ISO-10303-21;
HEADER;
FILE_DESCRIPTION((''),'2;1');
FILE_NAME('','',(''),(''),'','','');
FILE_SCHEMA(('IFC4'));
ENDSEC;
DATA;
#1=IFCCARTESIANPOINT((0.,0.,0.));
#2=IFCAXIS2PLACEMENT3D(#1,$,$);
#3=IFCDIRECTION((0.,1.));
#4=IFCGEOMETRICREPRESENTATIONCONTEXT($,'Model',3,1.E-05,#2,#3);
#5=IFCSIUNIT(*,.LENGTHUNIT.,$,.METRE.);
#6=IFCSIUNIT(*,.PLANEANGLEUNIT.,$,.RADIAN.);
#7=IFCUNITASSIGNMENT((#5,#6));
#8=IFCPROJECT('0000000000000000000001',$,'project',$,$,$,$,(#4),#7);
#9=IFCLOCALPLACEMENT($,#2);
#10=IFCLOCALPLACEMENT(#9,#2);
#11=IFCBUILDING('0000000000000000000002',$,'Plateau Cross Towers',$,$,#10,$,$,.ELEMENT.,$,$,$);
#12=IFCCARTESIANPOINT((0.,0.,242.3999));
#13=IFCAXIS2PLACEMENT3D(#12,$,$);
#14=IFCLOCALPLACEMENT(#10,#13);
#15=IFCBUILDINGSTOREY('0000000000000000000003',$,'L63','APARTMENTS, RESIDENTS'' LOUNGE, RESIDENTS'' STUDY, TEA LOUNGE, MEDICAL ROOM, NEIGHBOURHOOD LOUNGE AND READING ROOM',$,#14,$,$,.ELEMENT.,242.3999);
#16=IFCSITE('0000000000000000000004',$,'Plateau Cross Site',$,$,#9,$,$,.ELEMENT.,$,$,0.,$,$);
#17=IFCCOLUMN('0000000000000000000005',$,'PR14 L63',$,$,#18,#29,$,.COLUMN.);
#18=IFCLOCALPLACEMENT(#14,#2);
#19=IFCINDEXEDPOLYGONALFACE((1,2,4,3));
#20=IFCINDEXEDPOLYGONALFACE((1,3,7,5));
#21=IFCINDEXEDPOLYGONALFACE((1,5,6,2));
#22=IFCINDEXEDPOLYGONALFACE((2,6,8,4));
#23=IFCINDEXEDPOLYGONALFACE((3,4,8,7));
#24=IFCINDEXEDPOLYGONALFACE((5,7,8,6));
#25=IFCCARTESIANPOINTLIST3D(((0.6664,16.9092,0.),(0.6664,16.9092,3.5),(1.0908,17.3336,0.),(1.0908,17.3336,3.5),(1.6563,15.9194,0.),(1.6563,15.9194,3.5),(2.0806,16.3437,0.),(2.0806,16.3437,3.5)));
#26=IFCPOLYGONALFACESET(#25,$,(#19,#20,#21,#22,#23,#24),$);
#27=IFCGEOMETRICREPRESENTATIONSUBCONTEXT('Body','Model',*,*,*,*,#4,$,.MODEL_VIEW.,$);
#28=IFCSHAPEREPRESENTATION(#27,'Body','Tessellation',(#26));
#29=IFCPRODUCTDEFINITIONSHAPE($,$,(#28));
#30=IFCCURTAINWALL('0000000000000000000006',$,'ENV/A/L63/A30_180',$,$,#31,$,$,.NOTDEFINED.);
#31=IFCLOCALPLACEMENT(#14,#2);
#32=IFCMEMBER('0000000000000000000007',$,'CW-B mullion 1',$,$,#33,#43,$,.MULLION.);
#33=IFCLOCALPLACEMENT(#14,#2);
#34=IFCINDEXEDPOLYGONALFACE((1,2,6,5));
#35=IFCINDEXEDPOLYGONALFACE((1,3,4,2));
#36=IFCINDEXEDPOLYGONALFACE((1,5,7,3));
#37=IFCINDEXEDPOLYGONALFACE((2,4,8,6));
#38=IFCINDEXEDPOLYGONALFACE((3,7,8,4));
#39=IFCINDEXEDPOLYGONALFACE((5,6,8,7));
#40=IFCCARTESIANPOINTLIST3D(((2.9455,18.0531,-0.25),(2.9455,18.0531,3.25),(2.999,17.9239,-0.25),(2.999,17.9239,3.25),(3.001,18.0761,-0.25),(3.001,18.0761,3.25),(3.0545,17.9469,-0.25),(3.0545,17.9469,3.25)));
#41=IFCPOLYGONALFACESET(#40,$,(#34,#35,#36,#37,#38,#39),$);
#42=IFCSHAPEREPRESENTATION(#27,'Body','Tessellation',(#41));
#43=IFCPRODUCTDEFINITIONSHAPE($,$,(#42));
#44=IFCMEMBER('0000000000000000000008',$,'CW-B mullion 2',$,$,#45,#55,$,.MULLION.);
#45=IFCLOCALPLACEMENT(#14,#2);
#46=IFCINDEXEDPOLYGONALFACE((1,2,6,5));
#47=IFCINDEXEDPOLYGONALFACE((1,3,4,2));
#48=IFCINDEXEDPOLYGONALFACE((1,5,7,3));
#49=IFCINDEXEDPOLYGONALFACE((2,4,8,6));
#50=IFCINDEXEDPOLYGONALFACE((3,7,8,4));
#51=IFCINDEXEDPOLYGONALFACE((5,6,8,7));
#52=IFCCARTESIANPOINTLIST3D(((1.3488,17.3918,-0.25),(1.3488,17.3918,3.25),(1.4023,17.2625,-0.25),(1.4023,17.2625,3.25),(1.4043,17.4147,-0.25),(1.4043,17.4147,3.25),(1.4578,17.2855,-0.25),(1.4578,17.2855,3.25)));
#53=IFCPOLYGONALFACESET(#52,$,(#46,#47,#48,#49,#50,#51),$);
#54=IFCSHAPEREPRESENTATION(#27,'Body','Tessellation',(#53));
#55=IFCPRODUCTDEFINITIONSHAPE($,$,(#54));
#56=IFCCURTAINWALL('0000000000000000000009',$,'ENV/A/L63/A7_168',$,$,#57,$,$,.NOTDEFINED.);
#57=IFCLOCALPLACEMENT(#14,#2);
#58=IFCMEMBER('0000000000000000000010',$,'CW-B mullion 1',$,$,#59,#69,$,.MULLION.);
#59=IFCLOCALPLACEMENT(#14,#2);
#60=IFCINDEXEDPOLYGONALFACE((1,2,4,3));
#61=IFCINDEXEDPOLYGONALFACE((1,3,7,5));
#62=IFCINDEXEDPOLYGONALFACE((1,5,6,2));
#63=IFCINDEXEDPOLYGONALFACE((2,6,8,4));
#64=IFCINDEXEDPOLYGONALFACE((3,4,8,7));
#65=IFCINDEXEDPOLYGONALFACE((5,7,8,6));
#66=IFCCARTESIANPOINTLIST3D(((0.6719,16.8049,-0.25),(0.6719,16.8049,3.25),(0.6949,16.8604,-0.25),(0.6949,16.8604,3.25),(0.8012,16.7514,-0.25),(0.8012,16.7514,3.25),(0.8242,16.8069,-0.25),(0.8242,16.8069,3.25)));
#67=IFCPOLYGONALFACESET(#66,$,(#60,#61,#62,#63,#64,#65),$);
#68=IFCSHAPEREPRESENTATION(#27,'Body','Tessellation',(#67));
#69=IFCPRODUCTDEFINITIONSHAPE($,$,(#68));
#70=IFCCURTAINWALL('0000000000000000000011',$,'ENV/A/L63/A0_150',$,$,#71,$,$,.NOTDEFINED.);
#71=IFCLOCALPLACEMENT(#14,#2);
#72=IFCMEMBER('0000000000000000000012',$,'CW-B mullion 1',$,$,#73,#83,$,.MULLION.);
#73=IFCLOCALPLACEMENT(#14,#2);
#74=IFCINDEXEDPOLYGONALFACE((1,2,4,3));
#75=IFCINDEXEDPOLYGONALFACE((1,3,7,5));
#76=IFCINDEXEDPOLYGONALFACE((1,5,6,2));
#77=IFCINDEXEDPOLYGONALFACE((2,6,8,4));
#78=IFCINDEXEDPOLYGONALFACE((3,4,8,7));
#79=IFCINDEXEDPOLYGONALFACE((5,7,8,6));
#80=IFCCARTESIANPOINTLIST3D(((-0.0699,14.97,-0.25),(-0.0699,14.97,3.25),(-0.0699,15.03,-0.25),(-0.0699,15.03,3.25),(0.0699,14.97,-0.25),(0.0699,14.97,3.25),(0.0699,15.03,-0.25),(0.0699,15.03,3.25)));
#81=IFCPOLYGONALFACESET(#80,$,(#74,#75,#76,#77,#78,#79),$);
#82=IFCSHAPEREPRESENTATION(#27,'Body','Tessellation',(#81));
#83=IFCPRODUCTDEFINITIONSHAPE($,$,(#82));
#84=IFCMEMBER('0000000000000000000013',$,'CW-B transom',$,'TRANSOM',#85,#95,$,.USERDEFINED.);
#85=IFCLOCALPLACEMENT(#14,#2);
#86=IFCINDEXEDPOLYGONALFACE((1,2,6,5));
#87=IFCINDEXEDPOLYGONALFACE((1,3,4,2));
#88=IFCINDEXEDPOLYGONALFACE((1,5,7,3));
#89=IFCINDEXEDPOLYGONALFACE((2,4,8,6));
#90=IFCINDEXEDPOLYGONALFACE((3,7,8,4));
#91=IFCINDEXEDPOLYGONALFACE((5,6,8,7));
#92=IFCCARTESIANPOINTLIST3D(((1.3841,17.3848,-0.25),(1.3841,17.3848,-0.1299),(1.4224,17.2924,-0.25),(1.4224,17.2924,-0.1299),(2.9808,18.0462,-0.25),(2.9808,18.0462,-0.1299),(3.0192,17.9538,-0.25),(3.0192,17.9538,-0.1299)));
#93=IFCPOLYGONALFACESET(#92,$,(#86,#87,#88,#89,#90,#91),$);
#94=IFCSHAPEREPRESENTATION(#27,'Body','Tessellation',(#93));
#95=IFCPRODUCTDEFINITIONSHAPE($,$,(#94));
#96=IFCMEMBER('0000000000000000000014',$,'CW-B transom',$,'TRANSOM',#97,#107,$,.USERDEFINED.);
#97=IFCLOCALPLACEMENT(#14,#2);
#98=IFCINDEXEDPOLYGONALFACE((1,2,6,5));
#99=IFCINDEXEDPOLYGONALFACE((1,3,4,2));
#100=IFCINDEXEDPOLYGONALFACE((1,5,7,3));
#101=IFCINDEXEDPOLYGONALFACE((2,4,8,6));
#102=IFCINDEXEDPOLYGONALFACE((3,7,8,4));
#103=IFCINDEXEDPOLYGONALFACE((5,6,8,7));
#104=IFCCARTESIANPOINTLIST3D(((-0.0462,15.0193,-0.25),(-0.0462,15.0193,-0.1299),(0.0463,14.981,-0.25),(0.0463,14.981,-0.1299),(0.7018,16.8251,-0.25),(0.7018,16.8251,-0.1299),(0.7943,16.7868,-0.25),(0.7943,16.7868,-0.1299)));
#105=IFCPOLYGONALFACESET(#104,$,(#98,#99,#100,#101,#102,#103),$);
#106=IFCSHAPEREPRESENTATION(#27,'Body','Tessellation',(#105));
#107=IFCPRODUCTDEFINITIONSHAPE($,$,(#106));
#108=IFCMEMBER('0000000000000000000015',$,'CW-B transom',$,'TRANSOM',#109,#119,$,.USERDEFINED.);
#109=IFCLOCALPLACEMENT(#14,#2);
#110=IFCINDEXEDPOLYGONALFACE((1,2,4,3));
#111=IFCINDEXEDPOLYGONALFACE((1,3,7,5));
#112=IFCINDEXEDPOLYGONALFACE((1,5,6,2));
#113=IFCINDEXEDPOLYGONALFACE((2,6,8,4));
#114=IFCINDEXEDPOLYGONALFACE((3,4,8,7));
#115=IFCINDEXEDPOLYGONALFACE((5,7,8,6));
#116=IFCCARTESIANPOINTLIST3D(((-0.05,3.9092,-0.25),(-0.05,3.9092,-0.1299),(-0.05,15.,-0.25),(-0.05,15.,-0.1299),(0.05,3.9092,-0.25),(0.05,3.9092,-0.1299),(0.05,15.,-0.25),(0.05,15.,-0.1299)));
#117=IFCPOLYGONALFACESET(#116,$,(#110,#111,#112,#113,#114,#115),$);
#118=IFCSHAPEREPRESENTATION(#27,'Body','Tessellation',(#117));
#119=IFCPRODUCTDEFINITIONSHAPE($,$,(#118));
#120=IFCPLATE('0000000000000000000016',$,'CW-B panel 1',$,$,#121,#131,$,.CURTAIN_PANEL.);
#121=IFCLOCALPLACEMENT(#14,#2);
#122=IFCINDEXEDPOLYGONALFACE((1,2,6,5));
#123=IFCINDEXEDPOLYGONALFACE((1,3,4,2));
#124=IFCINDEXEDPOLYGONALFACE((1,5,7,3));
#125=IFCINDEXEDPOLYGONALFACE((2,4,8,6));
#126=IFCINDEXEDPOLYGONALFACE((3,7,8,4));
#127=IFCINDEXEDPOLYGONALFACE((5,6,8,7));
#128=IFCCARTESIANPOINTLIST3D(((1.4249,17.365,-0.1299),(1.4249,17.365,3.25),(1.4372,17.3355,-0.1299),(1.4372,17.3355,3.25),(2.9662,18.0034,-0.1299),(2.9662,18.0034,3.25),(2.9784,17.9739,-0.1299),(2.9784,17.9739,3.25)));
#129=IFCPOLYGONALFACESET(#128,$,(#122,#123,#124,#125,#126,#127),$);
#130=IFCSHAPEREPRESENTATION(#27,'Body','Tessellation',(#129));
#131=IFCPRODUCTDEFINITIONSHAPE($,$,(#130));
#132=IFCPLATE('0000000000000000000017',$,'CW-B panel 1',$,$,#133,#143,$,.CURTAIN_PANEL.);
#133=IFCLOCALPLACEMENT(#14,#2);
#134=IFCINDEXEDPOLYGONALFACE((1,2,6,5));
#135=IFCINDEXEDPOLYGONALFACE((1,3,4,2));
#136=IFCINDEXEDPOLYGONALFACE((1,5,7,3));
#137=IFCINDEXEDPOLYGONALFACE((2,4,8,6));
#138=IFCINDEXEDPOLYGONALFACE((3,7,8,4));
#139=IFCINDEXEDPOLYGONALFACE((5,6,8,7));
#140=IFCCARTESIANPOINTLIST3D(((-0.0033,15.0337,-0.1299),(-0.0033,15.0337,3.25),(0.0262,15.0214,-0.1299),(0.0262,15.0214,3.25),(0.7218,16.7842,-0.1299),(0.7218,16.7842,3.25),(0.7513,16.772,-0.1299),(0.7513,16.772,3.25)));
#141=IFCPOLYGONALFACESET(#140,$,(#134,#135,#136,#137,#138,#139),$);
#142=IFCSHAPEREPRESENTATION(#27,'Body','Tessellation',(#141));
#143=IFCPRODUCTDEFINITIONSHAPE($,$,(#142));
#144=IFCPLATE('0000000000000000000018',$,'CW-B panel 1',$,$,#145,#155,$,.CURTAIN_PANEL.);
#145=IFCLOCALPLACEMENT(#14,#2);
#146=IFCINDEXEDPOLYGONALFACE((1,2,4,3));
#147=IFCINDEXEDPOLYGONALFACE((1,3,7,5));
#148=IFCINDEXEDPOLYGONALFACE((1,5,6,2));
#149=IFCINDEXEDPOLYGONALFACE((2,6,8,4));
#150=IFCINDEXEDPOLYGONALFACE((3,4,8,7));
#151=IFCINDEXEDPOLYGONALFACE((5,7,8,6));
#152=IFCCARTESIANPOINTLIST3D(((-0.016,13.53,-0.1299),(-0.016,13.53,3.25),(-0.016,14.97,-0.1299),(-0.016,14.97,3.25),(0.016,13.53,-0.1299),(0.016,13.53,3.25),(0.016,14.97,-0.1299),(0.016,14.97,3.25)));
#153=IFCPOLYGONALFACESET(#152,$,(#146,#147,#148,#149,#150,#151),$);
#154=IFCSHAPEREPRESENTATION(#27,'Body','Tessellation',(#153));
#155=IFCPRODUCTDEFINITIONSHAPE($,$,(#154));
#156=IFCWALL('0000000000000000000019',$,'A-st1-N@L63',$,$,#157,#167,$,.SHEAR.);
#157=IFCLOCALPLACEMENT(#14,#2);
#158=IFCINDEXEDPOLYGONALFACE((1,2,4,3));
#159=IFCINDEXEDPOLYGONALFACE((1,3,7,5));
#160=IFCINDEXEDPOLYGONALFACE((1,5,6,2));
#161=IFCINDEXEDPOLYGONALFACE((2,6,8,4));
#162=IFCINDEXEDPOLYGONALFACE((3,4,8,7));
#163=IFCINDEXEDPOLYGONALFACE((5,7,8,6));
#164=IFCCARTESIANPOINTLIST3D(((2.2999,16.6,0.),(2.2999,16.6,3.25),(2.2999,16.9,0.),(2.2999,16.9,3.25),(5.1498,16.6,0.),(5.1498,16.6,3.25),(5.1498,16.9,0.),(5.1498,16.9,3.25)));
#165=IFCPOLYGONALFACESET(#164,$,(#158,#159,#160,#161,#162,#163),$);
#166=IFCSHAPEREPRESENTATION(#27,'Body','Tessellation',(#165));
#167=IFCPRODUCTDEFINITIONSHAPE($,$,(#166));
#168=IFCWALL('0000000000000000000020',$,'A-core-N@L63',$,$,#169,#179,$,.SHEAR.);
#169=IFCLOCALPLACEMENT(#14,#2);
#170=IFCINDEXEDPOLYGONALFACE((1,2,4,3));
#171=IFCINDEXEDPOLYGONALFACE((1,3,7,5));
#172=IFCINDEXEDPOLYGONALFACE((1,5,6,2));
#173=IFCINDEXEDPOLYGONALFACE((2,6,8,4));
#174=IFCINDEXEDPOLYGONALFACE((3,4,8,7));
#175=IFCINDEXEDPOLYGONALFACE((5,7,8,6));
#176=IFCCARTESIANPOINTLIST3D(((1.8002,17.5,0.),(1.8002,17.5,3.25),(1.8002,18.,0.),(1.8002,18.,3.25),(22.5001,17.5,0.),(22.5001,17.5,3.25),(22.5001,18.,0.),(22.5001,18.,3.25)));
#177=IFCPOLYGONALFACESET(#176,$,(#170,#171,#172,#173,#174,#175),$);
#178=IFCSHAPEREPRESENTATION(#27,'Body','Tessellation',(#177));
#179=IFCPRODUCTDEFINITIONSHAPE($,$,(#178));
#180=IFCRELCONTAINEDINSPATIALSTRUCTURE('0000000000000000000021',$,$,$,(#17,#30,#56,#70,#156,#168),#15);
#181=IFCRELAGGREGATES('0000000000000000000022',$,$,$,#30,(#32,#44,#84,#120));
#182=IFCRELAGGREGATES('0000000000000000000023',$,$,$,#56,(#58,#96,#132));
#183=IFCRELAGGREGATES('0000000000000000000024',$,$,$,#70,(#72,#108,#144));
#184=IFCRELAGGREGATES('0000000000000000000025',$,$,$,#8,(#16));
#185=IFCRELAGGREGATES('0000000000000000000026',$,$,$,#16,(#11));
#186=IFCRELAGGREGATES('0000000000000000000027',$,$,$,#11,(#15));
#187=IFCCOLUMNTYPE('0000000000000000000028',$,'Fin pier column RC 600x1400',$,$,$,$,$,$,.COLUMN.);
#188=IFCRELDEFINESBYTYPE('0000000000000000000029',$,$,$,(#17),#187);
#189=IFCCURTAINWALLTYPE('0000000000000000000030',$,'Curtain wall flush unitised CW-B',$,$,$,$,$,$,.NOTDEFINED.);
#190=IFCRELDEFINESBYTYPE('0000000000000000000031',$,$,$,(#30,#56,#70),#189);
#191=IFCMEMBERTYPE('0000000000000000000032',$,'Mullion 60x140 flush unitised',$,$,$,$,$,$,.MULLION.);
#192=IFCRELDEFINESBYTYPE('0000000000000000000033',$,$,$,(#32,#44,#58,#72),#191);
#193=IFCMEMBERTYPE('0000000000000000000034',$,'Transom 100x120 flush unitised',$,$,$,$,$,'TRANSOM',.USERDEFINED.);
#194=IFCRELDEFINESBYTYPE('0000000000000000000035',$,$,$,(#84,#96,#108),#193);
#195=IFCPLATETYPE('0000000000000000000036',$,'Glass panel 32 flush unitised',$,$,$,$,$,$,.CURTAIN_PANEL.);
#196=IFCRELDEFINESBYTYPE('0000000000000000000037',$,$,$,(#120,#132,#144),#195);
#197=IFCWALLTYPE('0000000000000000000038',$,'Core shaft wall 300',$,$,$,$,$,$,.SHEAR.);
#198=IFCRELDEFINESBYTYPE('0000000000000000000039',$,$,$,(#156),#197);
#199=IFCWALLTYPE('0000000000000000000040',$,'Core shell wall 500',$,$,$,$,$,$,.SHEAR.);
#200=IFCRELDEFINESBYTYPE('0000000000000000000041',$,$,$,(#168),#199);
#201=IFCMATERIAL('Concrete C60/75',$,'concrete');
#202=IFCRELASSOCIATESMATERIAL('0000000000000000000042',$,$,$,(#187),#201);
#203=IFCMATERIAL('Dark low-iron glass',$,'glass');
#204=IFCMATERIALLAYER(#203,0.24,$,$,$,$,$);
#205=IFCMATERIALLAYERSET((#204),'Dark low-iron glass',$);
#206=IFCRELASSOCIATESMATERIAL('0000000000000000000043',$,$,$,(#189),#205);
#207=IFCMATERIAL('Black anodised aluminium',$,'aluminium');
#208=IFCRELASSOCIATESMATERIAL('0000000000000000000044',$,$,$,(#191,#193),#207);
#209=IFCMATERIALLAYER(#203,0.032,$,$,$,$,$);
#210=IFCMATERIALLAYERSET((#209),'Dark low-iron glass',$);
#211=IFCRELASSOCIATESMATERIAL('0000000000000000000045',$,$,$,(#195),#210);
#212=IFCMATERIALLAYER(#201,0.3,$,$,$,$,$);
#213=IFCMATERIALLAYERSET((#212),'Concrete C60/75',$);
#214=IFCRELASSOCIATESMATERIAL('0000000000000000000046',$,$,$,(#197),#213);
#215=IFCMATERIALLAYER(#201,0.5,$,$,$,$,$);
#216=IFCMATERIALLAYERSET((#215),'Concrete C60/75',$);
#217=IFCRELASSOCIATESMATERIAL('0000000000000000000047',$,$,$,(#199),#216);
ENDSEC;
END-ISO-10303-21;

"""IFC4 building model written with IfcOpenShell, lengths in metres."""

from ifc_helpers import new_model, si_unit, direction, frame, frame_2d, origin, origin_2d, place, context, subcontext, project, spatial, rectangle, extrude, material, layer, layer_set, material_profile, profile_set, type_object, element, aggregate, save


model = new_model("IFC4")

# Units and contexts
model_context = context("Model", 3, precision=1e-05, world=origin(), true_north=direction((0.0, 1.0)))
body_context = subcontext(model_context, "Body", "Model", "MODEL_VIEW")
ifc_project = project(units=[si_unit("LENGTHUNIT", "METRE"), si_unit("PLANEANGLEUNIT", "RADIAN")], contexts=[model_context])

# Site, building, storey
site_placement = place(None, origin())
site = spatial("IfcSite", under=ifc_project, at=site_placement, Name="Plateau Cross Site", CompositionType="ELEMENT", RefElevation=0.0)
building_placement = place(site_placement, origin())
building = spatial("IfcBuilding", under=site, at=building_placement, Name="Plateau Cross Towers", CompositionType="ELEMENT")
storey_placement = place(building_placement, frame((0.0, 0.0, 242.3999)))
storey = spatial("IfcBuildingStorey", under=building, at=storey_placement, Name="L63", Description="APARTMENTS, RESIDENTS' LOUNGE, RESIDENTS' STUDY, TEA LOUNGE, MEDICAL ROOM, NEIGHBOURHOOD LOUNGE AND READING ROOM", CompositionType="ELEMENT", Elevation=242.3999)

# Column
ifc_material_1 = material(Name="Concrete C60/75", Category="concrete")
ifc_material_profile_1 = material_profile(ifc_material_1, rectangle(XDim=0.6001, YDim=1.3999, at=origin_2d()), Name="RC 600x1400")
ifc_profile_set_1 = profile_set([ifc_material_profile_1], Name="Concrete C60/75")
column_type = type_object("IfcColumnType", Name="Fin pier column RC 600x1400", PredefinedType="COLUMN", material=ifc_profile_set_1)
column_placement = place(storey_placement, frame((1.3735, 16.6265, 0.0), z_axis=(0.0, 0.0, 1.0), x_axis=(0.707107, 0.707107, 0.0)))
element("IfcColumn", 1, at=column_placement, inside=storey, type_object=column_type, Name="PR14 L63", PredefinedType="COLUMN", context=body_context, shape_type="SweptSolid", body=[
    extrude(rectangle(XDim=0.6001, YDim=1.3999, at=origin_2d()), origin(), (0.0, 0.0, 1.0), 3.5),
])

# Curtain wall, members
ifc_material_2 = material(Name="Dark low-iron glass", Category="glass")
ifc_layer_1 = layer(ifc_material_2, 0.24)
ifc_layer_set_1 = layer_set([ifc_layer_1], Name="Dark low-iron glass")
curtain_wall_type = type_object("IfcCurtainWallType", Name="Curtain wall flush unitised CW-B", PredefinedType="NOTDEFINED", material=ifc_layer_set_1)
curtain_wall_1_placement = place(storey_placement, origin())
curtain_wall_1 = element("IfcCurtainWall", 2, at=curtain_wall_1_placement, inside=storey, type_object=curtain_wall_type, Name="ENV/A/L63/A30_180", PredefinedType="NOTDEFINED")
ifc_material_3 = material(Name="Black anodised aluminium", Category="aluminium")
ifc_material_profile_2 = material_profile(ifc_material_3, rectangle(XDim=0.0601, YDim=0.1399, at=origin_2d()), Name="MULLION 60x140")
ifc_profile_set_2 = profile_set([ifc_material_profile_2], Name="Black anodised aluminium")
member_type_1 = type_object("IfcMemberType", Name="Mullion 60x140 flush unitised", PredefinedType="MULLION", material=ifc_profile_set_2)
member_1_placement = place(storey_placement, frame((3.0, 18.0, -0.25), z_axis=(0.0, 0.0, 1.0), x_axis=(-0.923879, -0.382684, 0.0)))
member_1 = element("IfcMember", 3, at=member_1_placement, type_object=member_type_1, Name="CW-B mullion 1", PredefinedType="MULLION", context=body_context, shape_type="SweptSolid", body=[
    extrude(rectangle(XDim=0.0601, YDim=0.1399, at=origin_2d()), origin(), (0.0, 0.0, 1.0), 3.5),
])
member_2_placement = place(storey_placement, frame((1.4033, 17.3386, -0.25), z_axis=(0.0, 0.0, 1.0), x_axis=(-0.923879, -0.382684, 0.0)))
member_2 = element("IfcMember", 4, at=member_2_placement, type_object=member_type_1, Name="CW-B mullion 2", PredefinedType="MULLION", context=body_context, shape_type="SweptSolid", body=[
    extrude(rectangle(XDim=0.0601, YDim=0.1399, at=origin_2d()), origin(), (0.0, 0.0, 1.0), 3.5),
])

# Curtain walls, members
curtain_wall_2_placement = place(storey_placement, origin())
curtain_wall_2 = element("IfcCurtainWall", 5, at=curtain_wall_2_placement, inside=storey, type_object=curtain_wall_type, Name="ENV/A/L63/A7_168", PredefinedType="NOTDEFINED")
member_3_placement = place(storey_placement, frame((0.748, 16.8059, -0.25), z_axis=(0.0, 0.0, 1.0), x_axis=(-0.382684, -0.923879, 0.0)))
member_3 = element("IfcMember", 6, at=member_3_placement, type_object=member_type_1, Name="CW-B mullion 1", PredefinedType="MULLION", context=body_context, shape_type="SweptSolid", body=[
    extrude(rectangle(XDim=0.0601, YDim=0.1399, at=origin_2d()), origin(), (0.0, 0.0, 1.0), 3.5),
])
curtain_wall_3_placement = place(storey_placement, origin())
curtain_wall_3 = element("IfcCurtainWall", 7, at=curtain_wall_3_placement, inside=storey, type_object=curtain_wall_type, Name="ENV/A/L63/A0_150", PredefinedType="NOTDEFINED")
member_4_placement = place(storey_placement, frame((0.0, 15.0, -0.25), z_axis=(0.0, 0.0, 1.0), x_axis=(0.0, -1.0, 0.0)))
member_4 = element("IfcMember", 8, at=member_4_placement, type_object=member_type_1, Name="CW-B mullion 1", PredefinedType="MULLION", context=body_context, shape_type="SweptSolid", body=[
    extrude(rectangle(XDim=0.0601, YDim=0.1399, at=origin_2d()), origin(), (0.0, 0.0, 1.0), 3.5),
])

# Members
ifc_material_profile_3 = material_profile(ifc_material_3, rectangle(XDim=0.1001, YDim=0.1201, at=origin_2d()), Name="TRANSOM 100x120")
ifc_profile_set_3 = profile_set([ifc_material_profile_3], Name="Black anodised aluminium")
member_type_2 = type_object("IfcMemberType", Name="Transom 100x120 flush unitised", ElementType="TRANSOM", PredefinedType="USERDEFINED", material=ifc_profile_set_3)
member_5_placement = place(storey_placement, frame((3.0, 18.0, -0.1899), z_axis=(-0.923877, -0.382689, 0.0), x_axis=(0.382689, -0.923877, 0.0)))
member_5 = element("IfcMember", 9, at=member_5_placement, type_object=member_type_2, Name="CW-B transom", ObjectType="TRANSOM", PredefinedType="USERDEFINED", context=body_context, shape_type="SweptSolid", body=[
    extrude(rectangle(XDim=0.1001, YDim=0.1201, at=origin_2d()), origin(), (0.0, 0.0, 1.0), 1.7283),
])
member_6_placement = place(storey_placement, frame((0.748, 16.8059, -0.1899), z_axis=(-0.38269, -0.923877, 0.0), x_axis=(0.923877, -0.38269, 0.0)))
member_6 = element("IfcMember", 10, at=member_6_placement, type_object=member_type_2, Name="CW-B transom", ObjectType="TRANSOM", PredefinedType="USERDEFINED", context=body_context, shape_type="SweptSolid", body=[
    extrude(rectangle(XDim=0.1001, YDim=0.1201, at=origin_2d()), origin(), (0.0, 0.0, 1.0), 1.9546),
])
member_7_placement = place(storey_placement, frame((0.0, 15.0, -0.1899), z_axis=(0.0, -1.0, 0.0), x_axis=(1.0, 0.0, 0.0)))
member_7 = element("IfcMember", 11, at=member_7_placement, type_object=member_type_2, Name="CW-B transom", ObjectType="TRANSOM", PredefinedType="USERDEFINED", context=body_context, shape_type="SweptSolid", body=[
    extrude(rectangle(XDim=0.1001, YDim=0.1201, at=origin_2d()), origin(), (0.0, 0.0, 1.0), 11.0908),
])

# Plates
ifc_layer_2 = layer(ifc_material_2, 0.032)
ifc_layer_set_2 = layer_set([ifc_layer_2], Name="Dark low-iron glass")
plate_type = type_object("IfcPlateType", Name="Glass panel 32 flush unitised", PredefinedType="CURTAIN_PANEL", material=ifc_layer_set_2)
plate_1_placement = place(storey_placement, frame((2.2017, 17.6694, -0.1299), z_axis=(0.0, 0.0, 1.0), x_axis=(-0.923879, -0.382684, 0.0)))
plate_1 = element("IfcPlate", 12, at=plate_1_placement, type_object=plate_type, Name="CW-B panel 1", PredefinedType="CURTAIN_PANEL", context=body_context, shape_type="SweptSolid", body=[
    extrude(rectangle(XDim=1.6682, YDim=0.032, at=origin_2d()), origin(), (0.0, 0.0, 1.0), 3.3799),
])
aggregate(curtain_wall_1, [member_1, member_2, member_5, plate_1])
plate_2_placement = place(storey_placement, frame((0.374, 15.9028, -0.1299), z_axis=(0.0, 0.0, 1.0), x_axis=(-0.382684, -0.923879, 0.0)))
plate_2 = element("IfcPlate", 13, at=plate_2_placement, type_object=plate_type, Name="CW-B panel 1", PredefinedType="CURTAIN_PANEL", context=body_context, shape_type="SweptSolid", body=[
    extrude(rectangle(XDim=1.8948, YDim=0.032, at=origin_2d()), origin(), (0.0, 0.0, 1.0), 3.3799),
])
aggregate(curtain_wall_2, [member_3, member_6, plate_2])
plate_3_placement = place(storey_placement, frame((0.0, 14.25, -0.1299), z_axis=(0.0, 0.0, 1.0), x_axis=(0.0, -1.0, 0.0)))
plate_3 = element("IfcPlate", 14, at=plate_3_placement, type_object=plate_type, Name="CW-B panel 1", PredefinedType="CURTAIN_PANEL", context=body_context, shape_type="SweptSolid", body=[
    extrude(rectangle(XDim=1.4399, YDim=0.032, at=origin_2d()), origin(), (0.0, 0.0, 1.0), 3.3799),
])
aggregate(curtain_wall_3, [member_4, member_7, plate_3])

# Walls
ifc_layer_3 = layer(ifc_material_1, 0.3)
ifc_layer_set_3 = layer_set([ifc_layer_3], Name="Concrete C60/75")
wall_type_1 = type_object("IfcWallType", Name="Core shaft wall 300", PredefinedType="SHEAR", material=ifc_layer_set_3)
wall_1_placement = place(storey_placement, frame((2.3, 16.75, 0.0), z_axis=(0.0, 0.0, 1.0), x_axis=(1.0, 0.0, 0.0)))
element("IfcWall", 15, at=wall_1_placement, inside=storey, type_object=wall_type_1, Name="A-st1-N@L63", PredefinedType="SHEAR", context=body_context, shape_type="SweptSolid", body=[
    extrude(rectangle(XDim=2.8499, YDim=0.3, at=frame_2d((1.4248, 0.0))), origin(), (0.0, 0.0, 1.0), 3.25),
])
ifc_layer_4 = layer(ifc_material_1, 0.5)
ifc_layer_set_4 = layer_set([ifc_layer_4], Name="Concrete C60/75")
wall_type_2 = type_object("IfcWallType", Name="Core shell wall 500", PredefinedType="SHEAR", material=ifc_layer_set_4)
wall_2_placement = place(storey_placement, frame((1.8, 17.75, 0.0), z_axis=(0.0, 0.0, 1.0), x_axis=(1.0, 0.0, 0.0)))
element("IfcWall", 16, at=wall_2_placement, inside=storey, type_object=wall_type_2, Name="A-core-N@L63", PredefinedType="SHEAR", context=body_context, shape_type="SweptSolid", body=[
    extrude(rectangle(XDim=20.7, YDim=0.5, at=frame_2d((10.3501, 0.0))), origin(), (0.0, 0.0, 1.0), 3.25),
])

save(model, "model.ifc")
